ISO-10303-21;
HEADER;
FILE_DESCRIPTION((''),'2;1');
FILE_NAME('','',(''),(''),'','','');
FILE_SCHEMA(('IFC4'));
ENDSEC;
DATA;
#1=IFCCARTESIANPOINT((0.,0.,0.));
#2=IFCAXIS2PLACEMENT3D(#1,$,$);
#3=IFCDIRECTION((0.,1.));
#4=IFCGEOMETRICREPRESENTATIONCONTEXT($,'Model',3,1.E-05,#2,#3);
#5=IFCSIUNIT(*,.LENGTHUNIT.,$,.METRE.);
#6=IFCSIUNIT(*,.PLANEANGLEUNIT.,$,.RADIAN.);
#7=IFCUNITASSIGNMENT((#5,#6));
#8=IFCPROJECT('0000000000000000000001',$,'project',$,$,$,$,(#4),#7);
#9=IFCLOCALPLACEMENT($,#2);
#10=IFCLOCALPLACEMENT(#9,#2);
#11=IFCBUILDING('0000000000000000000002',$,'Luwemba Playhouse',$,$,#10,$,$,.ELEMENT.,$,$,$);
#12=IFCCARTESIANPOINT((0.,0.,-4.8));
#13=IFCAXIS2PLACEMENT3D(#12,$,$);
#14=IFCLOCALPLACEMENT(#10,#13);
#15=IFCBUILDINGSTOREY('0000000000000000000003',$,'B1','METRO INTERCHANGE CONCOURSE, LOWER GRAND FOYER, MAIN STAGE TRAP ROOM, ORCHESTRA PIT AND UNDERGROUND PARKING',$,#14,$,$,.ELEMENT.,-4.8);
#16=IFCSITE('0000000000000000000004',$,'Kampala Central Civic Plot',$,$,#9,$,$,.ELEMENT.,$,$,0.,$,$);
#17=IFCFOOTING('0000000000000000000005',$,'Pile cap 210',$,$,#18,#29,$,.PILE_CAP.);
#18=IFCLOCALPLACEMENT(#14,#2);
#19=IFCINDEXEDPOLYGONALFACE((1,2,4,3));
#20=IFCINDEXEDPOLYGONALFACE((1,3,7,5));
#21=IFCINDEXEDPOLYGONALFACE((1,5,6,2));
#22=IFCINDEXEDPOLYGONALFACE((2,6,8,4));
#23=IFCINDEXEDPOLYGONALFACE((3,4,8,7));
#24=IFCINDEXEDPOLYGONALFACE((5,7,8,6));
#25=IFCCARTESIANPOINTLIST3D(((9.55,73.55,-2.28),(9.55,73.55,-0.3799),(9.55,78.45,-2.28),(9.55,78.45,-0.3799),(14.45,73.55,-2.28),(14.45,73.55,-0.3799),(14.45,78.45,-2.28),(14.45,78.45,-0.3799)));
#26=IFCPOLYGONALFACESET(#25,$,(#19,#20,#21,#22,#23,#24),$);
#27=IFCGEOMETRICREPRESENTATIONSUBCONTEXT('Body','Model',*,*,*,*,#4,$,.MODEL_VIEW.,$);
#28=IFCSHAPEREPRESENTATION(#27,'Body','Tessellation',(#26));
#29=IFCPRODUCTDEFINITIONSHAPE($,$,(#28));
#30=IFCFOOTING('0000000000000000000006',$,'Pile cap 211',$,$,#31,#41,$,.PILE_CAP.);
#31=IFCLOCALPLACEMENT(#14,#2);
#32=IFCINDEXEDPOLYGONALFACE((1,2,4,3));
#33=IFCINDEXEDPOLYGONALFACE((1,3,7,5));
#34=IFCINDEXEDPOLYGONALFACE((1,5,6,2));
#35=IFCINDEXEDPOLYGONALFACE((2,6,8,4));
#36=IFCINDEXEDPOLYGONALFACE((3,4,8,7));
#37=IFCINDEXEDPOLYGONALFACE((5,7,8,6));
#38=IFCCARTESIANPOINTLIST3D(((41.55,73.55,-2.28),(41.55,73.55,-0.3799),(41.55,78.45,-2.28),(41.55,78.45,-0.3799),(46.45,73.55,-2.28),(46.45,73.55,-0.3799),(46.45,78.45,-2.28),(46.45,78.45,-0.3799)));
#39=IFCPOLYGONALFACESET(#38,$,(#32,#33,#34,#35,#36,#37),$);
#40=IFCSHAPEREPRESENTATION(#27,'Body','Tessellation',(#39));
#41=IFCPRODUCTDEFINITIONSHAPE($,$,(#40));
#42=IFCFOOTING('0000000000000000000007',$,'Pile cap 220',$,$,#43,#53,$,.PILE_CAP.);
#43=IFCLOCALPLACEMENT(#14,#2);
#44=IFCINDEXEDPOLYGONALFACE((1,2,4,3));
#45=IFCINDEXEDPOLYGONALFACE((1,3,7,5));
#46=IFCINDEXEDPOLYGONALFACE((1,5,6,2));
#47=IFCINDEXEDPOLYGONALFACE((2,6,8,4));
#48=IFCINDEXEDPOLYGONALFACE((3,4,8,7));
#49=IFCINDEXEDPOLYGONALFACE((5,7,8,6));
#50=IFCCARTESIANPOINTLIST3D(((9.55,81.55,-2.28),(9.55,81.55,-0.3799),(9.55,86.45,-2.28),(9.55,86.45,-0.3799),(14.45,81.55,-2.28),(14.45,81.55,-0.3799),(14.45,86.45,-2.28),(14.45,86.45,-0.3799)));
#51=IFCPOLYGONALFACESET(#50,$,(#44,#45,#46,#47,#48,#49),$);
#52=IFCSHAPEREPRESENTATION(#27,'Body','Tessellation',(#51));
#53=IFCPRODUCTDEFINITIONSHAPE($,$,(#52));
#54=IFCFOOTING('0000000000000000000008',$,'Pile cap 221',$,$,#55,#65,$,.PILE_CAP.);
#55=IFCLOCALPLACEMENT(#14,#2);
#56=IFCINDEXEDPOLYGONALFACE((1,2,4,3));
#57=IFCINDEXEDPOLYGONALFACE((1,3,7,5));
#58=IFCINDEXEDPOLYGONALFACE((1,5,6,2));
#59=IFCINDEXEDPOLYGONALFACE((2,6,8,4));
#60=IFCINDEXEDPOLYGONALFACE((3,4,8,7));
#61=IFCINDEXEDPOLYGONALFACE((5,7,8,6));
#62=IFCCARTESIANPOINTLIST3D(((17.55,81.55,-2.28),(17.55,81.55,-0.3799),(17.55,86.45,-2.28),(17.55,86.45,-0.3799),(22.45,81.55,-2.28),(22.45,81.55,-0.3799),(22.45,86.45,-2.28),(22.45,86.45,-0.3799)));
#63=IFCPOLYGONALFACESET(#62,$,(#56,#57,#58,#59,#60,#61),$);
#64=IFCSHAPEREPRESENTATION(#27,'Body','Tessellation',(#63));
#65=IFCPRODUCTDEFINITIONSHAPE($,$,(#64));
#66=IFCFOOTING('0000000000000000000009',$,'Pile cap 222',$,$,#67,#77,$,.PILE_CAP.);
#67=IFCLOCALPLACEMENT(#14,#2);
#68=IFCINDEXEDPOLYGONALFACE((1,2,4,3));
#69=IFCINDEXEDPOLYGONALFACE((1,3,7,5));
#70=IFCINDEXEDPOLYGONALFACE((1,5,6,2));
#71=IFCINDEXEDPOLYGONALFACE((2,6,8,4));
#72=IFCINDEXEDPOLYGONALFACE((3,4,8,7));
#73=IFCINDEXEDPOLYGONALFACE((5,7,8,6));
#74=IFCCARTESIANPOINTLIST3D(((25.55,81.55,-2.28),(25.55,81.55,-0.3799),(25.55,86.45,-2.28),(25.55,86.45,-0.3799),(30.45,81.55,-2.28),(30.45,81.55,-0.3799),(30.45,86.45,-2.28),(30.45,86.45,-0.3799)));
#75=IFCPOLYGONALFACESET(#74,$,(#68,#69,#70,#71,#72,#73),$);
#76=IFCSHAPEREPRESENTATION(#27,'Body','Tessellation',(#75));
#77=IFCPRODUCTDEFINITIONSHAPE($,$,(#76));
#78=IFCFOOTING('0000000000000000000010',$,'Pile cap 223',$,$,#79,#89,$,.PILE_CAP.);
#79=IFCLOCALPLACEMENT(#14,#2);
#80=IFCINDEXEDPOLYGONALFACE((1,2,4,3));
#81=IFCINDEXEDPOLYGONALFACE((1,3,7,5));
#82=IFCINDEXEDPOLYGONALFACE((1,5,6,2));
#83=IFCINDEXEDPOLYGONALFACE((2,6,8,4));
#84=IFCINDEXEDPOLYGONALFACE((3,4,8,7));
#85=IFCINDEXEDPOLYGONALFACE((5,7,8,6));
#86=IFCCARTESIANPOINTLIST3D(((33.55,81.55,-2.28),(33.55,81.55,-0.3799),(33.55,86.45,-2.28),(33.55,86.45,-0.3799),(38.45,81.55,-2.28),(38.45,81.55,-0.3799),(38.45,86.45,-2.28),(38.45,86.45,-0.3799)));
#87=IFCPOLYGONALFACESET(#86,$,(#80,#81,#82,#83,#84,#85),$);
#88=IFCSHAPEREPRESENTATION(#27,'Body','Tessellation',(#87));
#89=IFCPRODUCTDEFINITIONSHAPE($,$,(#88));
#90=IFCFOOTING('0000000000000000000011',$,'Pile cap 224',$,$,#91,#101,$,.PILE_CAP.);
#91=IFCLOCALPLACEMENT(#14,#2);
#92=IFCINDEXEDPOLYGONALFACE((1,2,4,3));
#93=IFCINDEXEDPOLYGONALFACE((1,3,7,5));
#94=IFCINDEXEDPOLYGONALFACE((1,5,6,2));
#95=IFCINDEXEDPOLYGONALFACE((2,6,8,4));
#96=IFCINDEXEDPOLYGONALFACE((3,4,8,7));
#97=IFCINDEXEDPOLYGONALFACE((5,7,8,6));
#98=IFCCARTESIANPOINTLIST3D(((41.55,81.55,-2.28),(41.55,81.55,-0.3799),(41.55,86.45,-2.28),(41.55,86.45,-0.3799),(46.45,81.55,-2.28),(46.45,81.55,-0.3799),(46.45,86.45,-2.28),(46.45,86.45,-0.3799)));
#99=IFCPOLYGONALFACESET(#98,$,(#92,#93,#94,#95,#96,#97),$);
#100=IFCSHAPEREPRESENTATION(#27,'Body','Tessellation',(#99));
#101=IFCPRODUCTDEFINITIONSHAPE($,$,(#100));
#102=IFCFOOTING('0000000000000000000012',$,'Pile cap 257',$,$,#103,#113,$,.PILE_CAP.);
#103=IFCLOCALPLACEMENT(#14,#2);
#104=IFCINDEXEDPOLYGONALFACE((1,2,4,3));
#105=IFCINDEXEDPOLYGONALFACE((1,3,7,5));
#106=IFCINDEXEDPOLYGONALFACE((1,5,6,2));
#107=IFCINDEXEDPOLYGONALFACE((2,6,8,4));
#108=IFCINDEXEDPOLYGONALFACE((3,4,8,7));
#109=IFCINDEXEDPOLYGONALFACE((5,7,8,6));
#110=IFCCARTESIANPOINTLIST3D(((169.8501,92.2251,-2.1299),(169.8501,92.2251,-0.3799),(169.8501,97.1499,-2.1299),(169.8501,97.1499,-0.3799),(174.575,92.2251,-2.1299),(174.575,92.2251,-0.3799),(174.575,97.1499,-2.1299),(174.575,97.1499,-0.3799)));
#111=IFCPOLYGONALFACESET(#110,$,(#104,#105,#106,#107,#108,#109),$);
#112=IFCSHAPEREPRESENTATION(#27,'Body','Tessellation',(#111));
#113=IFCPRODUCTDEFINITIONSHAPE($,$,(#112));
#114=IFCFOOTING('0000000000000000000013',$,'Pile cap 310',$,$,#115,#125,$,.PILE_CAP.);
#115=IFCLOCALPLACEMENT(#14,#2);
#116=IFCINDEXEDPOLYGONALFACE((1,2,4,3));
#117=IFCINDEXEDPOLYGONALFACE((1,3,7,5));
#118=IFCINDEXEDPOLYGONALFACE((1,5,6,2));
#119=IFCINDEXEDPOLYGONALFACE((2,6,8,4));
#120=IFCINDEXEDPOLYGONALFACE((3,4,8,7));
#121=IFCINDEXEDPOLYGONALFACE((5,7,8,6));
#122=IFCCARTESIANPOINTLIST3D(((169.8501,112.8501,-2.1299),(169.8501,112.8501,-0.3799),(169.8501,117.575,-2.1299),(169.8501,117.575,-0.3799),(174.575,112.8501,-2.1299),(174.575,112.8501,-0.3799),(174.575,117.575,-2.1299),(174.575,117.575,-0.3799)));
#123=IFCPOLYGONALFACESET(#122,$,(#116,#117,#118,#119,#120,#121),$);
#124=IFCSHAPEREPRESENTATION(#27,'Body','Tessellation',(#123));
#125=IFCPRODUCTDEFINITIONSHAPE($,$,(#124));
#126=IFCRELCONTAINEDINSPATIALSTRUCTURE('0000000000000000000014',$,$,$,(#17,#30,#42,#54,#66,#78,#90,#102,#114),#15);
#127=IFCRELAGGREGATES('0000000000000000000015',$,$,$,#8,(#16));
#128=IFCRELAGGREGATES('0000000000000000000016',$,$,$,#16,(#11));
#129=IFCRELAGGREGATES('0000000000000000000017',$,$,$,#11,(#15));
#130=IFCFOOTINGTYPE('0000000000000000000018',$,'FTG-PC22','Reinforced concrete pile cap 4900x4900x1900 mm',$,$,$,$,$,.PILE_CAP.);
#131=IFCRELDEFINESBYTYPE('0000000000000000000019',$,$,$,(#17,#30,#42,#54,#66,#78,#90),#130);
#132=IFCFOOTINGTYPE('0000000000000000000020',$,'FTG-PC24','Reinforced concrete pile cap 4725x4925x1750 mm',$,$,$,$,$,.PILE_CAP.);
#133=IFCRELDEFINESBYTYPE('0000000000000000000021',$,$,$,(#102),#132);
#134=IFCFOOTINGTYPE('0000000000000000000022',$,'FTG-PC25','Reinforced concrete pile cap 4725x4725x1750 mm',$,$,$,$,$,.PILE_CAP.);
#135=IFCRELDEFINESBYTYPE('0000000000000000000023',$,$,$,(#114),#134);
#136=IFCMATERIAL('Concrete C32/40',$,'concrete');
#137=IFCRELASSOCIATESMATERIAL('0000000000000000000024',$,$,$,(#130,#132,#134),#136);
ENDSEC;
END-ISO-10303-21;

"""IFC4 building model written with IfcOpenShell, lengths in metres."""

from ifc_helpers import new_model, si_unit, direction, frame, origin, place, context, subcontext, project, spatial, polyline, outline, extrude, material, type_object, element, save


model = new_model("IFC4")

# Units and contexts
model_context = context("Model", 3, precision=1e-05, world=origin(), true_north=direction((0.0, 1.0)))
body_context = subcontext(model_context, "Body", "Model", "MODEL_VIEW")
ifc_project = project(units=[si_unit("LENGTHUNIT", "METRE"), si_unit("PLANEANGLEUNIT", "RADIAN")], contexts=[model_context])

# Site, building, storey
site_placement = place(None, origin())
site = spatial("IfcSite", under=ifc_project, at=site_placement, Name="Kampala Central Civic Plot", CompositionType="ELEMENT", RefElevation=0.0)
building_placement = place(site_placement, origin())
building = spatial("IfcBuilding", under=site, at=building_placement, Name="Luwemba Playhouse", CompositionType="ELEMENT")
storey_placement = place(building_placement, frame((0.0, 0.0, -4.8)))
storey = spatial("IfcBuildingStorey", under=building, at=storey_placement, Name="B1", Description="METRO INTERCHANGE CONCOURSE, LOWER GRAND FOYER, MAIN STAGE TRAP ROOM, ORCHESTRA PIT AND UNDERGROUND PARKING", CompositionType="ELEMENT", Elevation=-4.8)

# Footings
ifc_material = material(Name="Concrete C32/40", Category="concrete")
footing_type_1 = type_object("IfcFootingType", Name="FTG-PC22", Description="Reinforced concrete pile cap 4900x4900x1900 mm", PredefinedType="PILE_CAP", material=ifc_material)
footing_1_placement = place(storey_placement, frame((0.0, 0.0, -2.28)))
element("IfcFooting", 1, at=footing_1_placement, inside=storey, type_object=footing_type_1, Name="Pile cap 210", PredefinedType="PILE_CAP", context=body_context, shape_type="SweptSolid", body=[
    extrude(outline(polyline([(9.55, 73.55), (14.45, 73.55), (14.45, 78.45), (9.55, 78.45), (9.55, 73.55)])), origin(), (0.0, 0.0, 1.0), 1.9001),
])
footing_2_placement = place(storey_placement, frame((0.0, 0.0, -2.28)))
element("IfcFooting", 2, at=footing_2_placement, inside=storey, type_object=footing_type_1, Name="Pile cap 211", PredefinedType="PILE_CAP", context=body_context, shape_type="SweptSolid", body=[
    extrude(outline(polyline([(41.55, 73.55), (46.45, 73.55), (46.45, 78.45), (41.55, 78.45), (41.55, 73.55)])), origin(), (0.0, 0.0, 1.0), 1.9001),
])
footing_3_placement = place(storey_placement, frame((0.0, 0.0, -2.28)))
element("IfcFooting", 3, at=footing_3_placement, inside=storey, type_object=footing_type_1, Name="Pile cap 220", PredefinedType="PILE_CAP", context=body_context, shape_type="SweptSolid", body=[
    extrude(outline(polyline([(9.55, 81.55), (14.45, 81.55), (14.45, 86.45), (9.55, 86.45), (9.55, 81.55)])), origin(), (0.0, 0.0, 1.0), 1.9001),
])
footing_4_placement = place(storey_placement, frame((0.0, 0.0, -2.28)))
element("IfcFooting", 4, at=footing_4_placement, inside=storey, type_object=footing_type_1, Name="Pile cap 221", PredefinedType="PILE_CAP", context=body_context, shape_type="SweptSolid", body=[
    extrude(outline(polyline([(17.55, 81.55), (22.45, 81.55), (22.45, 86.45), (17.55, 86.45), (17.55, 81.55)])), origin(), (0.0, 0.0, 1.0), 1.9001),
])
footing_5_placement = place(storey_placement, frame((0.0, 0.0, -2.28)))
element("IfcFooting", 5, at=footing_5_placement, inside=storey, type_object=footing_type_1, Name="Pile cap 222", PredefinedType="PILE_CAP", context=body_context, shape_type="SweptSolid", body=[
    extrude(outline(polyline([(25.55, 81.55), (30.45, 81.55), (30.45, 86.45), (25.55, 86.45), (25.55, 81.55)])), origin(), (0.0, 0.0, 1.0), 1.9001),
])
footing_6_placement = place(storey_placement, frame((0.0, 0.0, -2.28)))
element("IfcFooting", 6, at=footing_6_placement, inside=storey, type_object=footing_type_1, Name="Pile cap 223", PredefinedType="PILE_CAP", context=body_context, shape_type="SweptSolid", body=[
    extrude(outline(polyline([(33.55, 81.55), (38.45, 81.55), (38.45, 86.45), (33.55, 86.45), (33.55, 81.55)])), origin(), (0.0, 0.0, 1.0), 1.9001),
])
footing_7_placement = place(storey_placement, frame((0.0, 0.0, -2.28)))
element("IfcFooting", 7, at=footing_7_placement, inside=storey, type_object=footing_type_1, Name="Pile cap 224", PredefinedType="PILE_CAP", context=body_context, shape_type="SweptSolid", body=[
    extrude(outline(polyline([(41.55, 81.55), (46.45, 81.55), (46.45, 86.45), (41.55, 86.45), (41.55, 81.55)])), origin(), (0.0, 0.0, 1.0), 1.9001),
])
footing_type_2 = type_object("IfcFootingType", Name="FTG-PC24", Description="Reinforced concrete pile cap 4725x4925x1750 mm", PredefinedType="PILE_CAP", material=ifc_material)
footing_8_placement = place(storey_placement, frame((0.0, 0.0, -2.1299)))
element("IfcFooting", 8, at=footing_8_placement, inside=storey, type_object=footing_type_2, Name="Pile cap 257", PredefinedType="PILE_CAP", context=body_context, shape_type="SweptSolid", body=[
    extrude(outline(polyline([(169.8501, 92.2251), (174.575, 92.2251), (174.575, 97.1499), (169.8501, 97.1499), (169.8501, 92.2251)])), origin(), (0.0, 0.0, 1.0), 1.75),
])
footing_type_3 = type_object("IfcFootingType", Name="FTG-PC25", Description="Reinforced concrete pile cap 4725x4725x1750 mm", PredefinedType="PILE_CAP", material=ifc_material)
footing_9_placement = place(storey_placement, frame((0.0, 0.0, -2.1299)))
element("IfcFooting", 9, at=footing_9_placement, inside=storey, type_object=footing_type_3, Name="Pile cap 310", PredefinedType="PILE_CAP", context=body_context, shape_type="SweptSolid", body=[
    extrude(outline(polyline([(169.8501, 112.8501), (174.575, 112.8501), (174.575, 117.575), (169.8501, 117.575), (169.8501, 112.8501)])), origin(), (0.0, 0.0, 1.0), 1.75),
])

save(model, "model.ifc")
